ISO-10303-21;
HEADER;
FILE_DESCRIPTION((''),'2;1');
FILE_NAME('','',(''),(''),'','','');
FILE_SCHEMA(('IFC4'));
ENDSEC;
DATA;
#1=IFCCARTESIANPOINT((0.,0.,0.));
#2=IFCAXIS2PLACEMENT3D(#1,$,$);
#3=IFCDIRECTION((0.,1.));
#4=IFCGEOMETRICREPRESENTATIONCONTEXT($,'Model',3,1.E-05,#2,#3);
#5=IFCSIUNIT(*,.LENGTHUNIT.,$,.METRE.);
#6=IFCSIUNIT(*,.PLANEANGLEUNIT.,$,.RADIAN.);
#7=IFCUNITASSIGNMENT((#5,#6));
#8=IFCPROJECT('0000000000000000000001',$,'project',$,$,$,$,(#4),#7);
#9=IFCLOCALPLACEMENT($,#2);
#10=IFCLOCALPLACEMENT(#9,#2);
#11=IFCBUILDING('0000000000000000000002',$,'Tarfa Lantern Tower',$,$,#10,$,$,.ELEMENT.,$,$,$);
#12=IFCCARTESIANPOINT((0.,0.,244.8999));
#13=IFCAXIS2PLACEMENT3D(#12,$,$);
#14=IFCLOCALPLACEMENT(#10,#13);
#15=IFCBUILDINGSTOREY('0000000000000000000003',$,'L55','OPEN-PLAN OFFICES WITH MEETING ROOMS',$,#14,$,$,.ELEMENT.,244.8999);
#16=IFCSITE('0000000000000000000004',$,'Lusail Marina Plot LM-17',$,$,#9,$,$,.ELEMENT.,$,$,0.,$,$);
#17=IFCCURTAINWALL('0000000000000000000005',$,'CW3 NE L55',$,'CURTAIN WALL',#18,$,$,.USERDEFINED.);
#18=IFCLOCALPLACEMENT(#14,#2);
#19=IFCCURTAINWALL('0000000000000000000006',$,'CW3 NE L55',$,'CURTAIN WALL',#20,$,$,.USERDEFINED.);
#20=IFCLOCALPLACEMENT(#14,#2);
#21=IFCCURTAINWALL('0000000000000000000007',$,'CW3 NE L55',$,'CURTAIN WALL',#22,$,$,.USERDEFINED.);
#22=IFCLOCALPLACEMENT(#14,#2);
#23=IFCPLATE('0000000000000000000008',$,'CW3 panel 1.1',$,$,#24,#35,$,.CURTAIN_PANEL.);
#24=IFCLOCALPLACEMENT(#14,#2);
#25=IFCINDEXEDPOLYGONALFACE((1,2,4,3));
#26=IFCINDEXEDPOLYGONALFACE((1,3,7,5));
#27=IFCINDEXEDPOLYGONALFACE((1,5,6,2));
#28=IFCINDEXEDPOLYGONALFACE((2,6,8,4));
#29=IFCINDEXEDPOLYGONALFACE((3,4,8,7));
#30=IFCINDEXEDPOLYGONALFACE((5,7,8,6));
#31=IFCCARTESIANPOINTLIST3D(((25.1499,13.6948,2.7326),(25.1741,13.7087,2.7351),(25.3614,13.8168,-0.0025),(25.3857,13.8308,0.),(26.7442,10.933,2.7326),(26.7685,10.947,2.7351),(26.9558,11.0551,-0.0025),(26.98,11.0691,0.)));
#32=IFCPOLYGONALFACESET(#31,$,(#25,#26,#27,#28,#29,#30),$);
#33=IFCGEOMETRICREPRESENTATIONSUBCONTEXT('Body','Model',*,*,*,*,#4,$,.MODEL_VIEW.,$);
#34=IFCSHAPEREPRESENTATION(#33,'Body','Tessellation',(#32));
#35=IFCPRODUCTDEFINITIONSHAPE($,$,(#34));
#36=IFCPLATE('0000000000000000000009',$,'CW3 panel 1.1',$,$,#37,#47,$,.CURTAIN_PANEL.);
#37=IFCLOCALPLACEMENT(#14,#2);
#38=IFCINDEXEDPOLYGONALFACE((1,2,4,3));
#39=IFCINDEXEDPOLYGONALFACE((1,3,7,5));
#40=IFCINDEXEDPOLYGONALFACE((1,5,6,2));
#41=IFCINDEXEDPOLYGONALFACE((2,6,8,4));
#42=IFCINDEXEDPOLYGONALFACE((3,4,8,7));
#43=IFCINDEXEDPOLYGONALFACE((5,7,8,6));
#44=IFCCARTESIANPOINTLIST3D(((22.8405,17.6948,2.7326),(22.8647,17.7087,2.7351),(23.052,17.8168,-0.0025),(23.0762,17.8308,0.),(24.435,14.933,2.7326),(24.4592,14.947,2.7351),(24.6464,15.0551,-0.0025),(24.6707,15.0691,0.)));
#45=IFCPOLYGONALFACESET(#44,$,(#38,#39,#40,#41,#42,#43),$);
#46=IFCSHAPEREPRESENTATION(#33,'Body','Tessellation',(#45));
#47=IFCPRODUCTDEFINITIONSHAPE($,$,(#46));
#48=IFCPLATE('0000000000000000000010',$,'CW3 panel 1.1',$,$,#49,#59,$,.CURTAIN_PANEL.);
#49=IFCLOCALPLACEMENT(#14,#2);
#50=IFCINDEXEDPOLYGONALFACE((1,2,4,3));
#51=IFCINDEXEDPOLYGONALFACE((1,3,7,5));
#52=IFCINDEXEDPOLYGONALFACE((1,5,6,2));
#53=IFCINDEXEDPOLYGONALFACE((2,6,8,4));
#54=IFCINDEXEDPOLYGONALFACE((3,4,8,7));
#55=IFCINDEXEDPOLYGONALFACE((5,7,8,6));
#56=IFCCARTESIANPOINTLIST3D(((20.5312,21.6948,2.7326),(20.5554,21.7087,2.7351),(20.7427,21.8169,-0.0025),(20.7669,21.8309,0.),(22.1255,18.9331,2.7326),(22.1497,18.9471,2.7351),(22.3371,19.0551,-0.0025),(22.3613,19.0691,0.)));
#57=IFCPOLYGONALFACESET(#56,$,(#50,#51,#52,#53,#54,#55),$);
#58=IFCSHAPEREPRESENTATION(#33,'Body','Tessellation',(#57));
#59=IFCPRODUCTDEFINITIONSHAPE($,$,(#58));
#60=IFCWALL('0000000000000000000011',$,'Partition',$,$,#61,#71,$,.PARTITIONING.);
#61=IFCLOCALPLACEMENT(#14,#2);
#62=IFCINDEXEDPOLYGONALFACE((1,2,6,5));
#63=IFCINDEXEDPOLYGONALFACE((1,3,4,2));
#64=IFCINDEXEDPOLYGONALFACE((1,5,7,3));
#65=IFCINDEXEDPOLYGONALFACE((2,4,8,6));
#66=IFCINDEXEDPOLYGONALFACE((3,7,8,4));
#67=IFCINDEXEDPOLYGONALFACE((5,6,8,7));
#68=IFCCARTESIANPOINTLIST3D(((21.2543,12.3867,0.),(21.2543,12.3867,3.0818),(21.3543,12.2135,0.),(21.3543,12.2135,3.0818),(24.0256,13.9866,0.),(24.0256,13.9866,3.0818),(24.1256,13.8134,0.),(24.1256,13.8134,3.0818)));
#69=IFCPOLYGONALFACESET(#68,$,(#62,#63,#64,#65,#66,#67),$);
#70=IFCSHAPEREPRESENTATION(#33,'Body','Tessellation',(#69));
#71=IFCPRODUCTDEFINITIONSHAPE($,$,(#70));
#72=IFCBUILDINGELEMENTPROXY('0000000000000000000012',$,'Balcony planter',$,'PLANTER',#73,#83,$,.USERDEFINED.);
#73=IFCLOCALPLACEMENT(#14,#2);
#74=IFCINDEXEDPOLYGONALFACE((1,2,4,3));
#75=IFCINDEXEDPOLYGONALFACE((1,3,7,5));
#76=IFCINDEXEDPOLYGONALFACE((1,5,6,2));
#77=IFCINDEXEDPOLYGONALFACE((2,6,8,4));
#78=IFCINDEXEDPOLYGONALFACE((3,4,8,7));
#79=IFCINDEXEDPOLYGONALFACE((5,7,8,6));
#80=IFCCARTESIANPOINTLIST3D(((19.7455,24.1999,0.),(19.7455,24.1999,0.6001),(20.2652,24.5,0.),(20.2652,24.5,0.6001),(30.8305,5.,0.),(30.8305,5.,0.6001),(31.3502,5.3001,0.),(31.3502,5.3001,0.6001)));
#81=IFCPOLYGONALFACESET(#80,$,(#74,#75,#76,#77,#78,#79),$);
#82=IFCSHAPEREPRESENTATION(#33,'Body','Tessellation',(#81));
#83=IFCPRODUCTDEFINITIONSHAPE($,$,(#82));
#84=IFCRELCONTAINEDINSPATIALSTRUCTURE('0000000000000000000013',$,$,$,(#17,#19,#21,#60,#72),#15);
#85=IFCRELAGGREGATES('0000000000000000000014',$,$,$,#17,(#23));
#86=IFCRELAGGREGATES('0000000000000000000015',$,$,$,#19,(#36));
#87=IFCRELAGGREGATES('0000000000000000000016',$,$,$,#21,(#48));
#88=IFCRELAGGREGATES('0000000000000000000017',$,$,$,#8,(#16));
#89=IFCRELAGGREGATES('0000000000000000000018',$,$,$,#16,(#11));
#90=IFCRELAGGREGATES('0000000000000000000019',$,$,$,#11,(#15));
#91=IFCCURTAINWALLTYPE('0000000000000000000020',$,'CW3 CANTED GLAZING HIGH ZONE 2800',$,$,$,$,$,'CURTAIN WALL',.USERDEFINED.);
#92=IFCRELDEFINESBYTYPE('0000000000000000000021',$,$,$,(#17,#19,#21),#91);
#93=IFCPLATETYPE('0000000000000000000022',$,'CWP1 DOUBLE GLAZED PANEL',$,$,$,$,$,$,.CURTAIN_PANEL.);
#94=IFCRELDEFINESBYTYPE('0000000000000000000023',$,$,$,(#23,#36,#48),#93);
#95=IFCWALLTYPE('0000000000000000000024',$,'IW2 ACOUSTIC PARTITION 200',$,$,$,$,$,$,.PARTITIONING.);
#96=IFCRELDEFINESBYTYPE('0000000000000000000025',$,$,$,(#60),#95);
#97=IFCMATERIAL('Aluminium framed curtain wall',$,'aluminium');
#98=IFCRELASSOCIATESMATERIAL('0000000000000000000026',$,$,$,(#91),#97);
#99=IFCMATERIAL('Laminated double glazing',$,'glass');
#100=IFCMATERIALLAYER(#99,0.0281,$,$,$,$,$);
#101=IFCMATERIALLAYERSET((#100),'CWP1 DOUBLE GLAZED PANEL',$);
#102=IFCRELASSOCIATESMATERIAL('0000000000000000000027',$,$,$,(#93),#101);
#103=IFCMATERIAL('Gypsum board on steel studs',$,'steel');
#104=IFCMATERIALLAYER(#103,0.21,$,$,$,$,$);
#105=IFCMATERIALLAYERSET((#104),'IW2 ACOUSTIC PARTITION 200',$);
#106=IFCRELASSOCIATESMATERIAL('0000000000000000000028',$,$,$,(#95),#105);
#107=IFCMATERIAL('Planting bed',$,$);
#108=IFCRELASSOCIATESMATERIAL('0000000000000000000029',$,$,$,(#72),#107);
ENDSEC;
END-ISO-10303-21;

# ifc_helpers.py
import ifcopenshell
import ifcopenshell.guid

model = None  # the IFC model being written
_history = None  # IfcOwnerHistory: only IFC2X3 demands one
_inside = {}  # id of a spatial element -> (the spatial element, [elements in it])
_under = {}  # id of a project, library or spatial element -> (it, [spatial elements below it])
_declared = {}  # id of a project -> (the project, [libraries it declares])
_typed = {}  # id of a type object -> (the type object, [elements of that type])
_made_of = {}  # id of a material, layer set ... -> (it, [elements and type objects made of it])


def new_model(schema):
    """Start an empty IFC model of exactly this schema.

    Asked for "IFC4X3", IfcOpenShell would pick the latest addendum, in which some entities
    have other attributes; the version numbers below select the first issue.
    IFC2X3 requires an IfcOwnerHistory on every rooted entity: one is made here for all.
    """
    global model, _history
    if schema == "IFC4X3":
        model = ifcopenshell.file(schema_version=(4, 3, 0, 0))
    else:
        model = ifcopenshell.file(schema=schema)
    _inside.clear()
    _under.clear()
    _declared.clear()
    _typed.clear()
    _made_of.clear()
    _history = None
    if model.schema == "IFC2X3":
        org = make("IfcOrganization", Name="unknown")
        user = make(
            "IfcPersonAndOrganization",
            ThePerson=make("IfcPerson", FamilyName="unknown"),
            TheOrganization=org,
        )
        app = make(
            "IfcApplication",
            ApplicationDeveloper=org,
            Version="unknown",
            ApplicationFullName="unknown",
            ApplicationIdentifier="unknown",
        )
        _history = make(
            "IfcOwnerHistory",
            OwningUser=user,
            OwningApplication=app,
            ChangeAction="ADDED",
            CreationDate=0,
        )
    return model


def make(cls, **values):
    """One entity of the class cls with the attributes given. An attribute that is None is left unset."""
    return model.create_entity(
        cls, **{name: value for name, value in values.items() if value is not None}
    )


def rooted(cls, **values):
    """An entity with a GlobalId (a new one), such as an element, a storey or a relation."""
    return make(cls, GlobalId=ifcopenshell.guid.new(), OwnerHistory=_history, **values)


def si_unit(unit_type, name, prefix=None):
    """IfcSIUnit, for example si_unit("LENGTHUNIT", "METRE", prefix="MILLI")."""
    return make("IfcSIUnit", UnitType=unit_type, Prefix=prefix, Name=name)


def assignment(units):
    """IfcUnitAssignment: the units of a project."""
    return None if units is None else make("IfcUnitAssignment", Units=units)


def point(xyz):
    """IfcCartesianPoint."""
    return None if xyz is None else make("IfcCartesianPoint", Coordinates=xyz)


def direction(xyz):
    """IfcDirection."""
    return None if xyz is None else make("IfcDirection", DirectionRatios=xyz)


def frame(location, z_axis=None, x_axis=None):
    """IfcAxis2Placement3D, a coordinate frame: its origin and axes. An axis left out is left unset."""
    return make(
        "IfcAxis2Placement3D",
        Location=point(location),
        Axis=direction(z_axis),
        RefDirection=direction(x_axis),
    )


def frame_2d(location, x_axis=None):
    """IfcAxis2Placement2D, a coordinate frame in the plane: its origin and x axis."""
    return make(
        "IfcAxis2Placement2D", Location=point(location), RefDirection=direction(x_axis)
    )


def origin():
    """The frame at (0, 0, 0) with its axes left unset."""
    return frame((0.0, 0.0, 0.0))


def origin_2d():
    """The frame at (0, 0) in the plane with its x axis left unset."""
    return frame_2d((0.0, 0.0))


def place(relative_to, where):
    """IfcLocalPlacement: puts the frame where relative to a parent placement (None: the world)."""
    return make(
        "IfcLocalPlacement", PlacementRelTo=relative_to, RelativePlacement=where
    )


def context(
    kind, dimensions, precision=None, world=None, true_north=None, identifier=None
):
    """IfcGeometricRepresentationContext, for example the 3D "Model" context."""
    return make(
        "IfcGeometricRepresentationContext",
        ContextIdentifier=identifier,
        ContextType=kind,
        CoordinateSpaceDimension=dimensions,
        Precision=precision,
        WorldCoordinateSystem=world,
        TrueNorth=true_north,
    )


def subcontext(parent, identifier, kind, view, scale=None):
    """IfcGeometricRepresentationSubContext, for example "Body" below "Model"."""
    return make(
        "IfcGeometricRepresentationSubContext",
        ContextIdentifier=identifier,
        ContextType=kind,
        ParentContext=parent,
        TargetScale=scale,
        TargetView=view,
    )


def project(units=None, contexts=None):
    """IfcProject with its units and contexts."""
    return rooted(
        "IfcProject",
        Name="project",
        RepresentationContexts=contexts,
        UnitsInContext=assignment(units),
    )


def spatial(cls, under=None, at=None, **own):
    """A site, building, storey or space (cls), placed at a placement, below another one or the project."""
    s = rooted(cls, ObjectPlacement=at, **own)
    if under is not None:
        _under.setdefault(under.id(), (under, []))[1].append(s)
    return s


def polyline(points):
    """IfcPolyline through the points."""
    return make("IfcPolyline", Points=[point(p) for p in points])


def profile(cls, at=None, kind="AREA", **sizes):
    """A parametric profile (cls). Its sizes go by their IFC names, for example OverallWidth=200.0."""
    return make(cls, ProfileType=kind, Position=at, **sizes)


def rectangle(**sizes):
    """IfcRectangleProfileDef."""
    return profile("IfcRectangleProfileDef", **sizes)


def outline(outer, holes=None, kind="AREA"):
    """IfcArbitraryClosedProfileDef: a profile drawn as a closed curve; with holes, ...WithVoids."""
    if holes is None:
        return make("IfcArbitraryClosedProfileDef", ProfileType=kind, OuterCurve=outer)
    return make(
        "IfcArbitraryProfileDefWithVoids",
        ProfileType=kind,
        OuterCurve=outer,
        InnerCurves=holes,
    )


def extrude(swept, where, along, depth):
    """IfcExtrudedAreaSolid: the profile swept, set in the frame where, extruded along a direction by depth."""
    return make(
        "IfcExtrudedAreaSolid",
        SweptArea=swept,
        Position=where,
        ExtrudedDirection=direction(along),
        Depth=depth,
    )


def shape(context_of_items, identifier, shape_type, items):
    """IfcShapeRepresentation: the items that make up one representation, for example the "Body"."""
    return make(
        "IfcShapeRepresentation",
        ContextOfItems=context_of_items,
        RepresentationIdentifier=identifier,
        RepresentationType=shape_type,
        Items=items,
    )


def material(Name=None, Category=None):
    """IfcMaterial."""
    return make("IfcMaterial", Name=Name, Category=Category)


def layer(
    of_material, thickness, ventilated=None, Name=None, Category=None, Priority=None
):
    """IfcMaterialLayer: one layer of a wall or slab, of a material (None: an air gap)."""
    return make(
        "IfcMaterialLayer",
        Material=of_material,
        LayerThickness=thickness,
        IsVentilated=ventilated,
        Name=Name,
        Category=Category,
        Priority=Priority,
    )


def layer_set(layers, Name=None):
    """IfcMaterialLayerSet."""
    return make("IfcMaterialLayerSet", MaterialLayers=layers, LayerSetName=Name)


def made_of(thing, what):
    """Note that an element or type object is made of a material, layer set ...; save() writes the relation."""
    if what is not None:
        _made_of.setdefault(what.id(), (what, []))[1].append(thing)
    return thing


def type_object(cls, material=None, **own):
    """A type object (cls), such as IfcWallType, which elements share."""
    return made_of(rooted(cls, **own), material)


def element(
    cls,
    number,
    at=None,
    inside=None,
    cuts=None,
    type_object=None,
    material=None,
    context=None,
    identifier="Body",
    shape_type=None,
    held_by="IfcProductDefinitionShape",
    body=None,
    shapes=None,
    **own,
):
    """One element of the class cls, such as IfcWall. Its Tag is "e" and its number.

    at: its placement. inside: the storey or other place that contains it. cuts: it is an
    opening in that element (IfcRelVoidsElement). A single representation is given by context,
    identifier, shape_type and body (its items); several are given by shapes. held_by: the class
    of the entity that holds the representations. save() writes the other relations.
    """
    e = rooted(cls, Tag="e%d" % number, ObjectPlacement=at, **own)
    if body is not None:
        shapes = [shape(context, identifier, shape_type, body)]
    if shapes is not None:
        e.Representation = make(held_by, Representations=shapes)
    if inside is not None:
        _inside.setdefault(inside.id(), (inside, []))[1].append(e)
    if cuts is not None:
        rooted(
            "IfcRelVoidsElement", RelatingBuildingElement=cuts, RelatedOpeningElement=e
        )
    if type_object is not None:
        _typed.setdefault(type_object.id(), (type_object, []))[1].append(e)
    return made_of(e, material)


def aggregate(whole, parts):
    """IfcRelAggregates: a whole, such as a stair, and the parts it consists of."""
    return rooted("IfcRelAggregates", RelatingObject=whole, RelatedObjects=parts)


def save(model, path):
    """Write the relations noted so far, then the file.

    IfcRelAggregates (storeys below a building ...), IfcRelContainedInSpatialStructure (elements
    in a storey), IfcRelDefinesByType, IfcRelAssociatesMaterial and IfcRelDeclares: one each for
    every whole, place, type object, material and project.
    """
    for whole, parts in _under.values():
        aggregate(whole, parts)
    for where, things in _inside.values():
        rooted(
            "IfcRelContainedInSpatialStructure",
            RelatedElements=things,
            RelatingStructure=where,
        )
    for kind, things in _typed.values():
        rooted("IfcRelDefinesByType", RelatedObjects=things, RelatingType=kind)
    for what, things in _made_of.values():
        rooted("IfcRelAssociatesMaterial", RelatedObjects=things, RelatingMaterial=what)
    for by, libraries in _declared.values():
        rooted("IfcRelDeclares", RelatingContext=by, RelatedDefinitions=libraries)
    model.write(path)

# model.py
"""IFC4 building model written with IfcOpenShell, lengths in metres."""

from ifc_helpers import new_model, si_unit, direction, frame, frame_2d, origin, origin_2d, place, context, subcontext, project, spatial, polyline, rectangle, outline, extrude, material, layer, layer_set, type_object, element, aggregate, save


model = new_model("IFC4")

# Units and contexts
model_context = context("Model", 3, precision=1e-05, world=origin(), true_north=direction((0.0, 1.0)))
body_context = subcontext(model_context, "Body", "Model", "MODEL_VIEW")
ifc_project = project(units=[si_unit("LENGTHUNIT", "METRE"), si_unit("PLANEANGLEUNIT", "RADIAN")], contexts=[model_context])

# Site, building, storey
site_placement = place(None, origin())
site = spatial("IfcSite", under=ifc_project, at=site_placement, Name="Lusail Marina Plot LM-17", CompositionType="ELEMENT", RefElevation=0.0)
building_placement = place(site_placement, origin())
building = spatial("IfcBuilding", under=site, at=building_placement, Name="Tarfa Lantern Tower", CompositionType="ELEMENT")
storey_placement = place(building_placement, frame((0.0, 0.0, 244.8999)))
storey = spatial("IfcBuildingStorey", under=building, at=storey_placement, Name="L55", Description="OPEN-PLAN OFFICES WITH MEETING ROOMS", CompositionType="ELEMENT", Elevation=244.8999)

# Curtain walls
ifc_material_1 = material(Name="Aluminium framed curtain wall", Category="aluminium")
curtain_wall_type = type_object("IfcCurtainWallType", Name="CW3 CANTED GLAZING HIGH ZONE 2800", ElementType="CURTAIN WALL", PredefinedType="USERDEFINED", material=ifc_material_1)
curtain_wall_1_placement = place(storey_placement, origin())
curtain_wall_1 = element("IfcCurtainWall", 1, at=curtain_wall_1_placement, inside=storey, type_object=curtain_wall_type, Name="CW3 NE L55", ObjectType="CURTAIN WALL", PredefinedType="USERDEFINED")
curtain_wall_2_placement = place(storey_placement, origin())
curtain_wall_2 = element("IfcCurtainWall", 2, at=curtain_wall_2_placement, inside=storey, type_object=curtain_wall_type, Name="CW3 NE L55", ObjectType="CURTAIN WALL", PredefinedType="USERDEFINED")

# Curtain wall
curtain_wall_3_placement = place(storey_placement, origin())
curtain_wall_3 = element("IfcCurtainWall", 3, at=curtain_wall_3_placement, inside=storey, type_object=curtain_wall_type, Name="CW3 NE L55", ObjectType="CURTAIN WALL", PredefinedType="USERDEFINED")

# Plates
ifc_material_2 = material(Name="Laminated double glazing", Category="glass")
ifc_layer_1 = layer(ifc_material_2, 0.0281)
ifc_layer_set_1 = layer_set([ifc_layer_1], Name="CWP1 DOUBLE GLAZED PANEL")
plate_type = type_object("IfcPlateType", Name="CWP1 DOUBLE GLAZED PANEL", PredefinedType="CURTAIN_PANEL", material=ifc_layer_set_1)
plate_1_placement = place(storey_placement, frame((26.98, 11.0691, 0.0), z_axis=(0.862609, 0.49799, 0.088945), x_axis=(-0.499972, 0.866042, -0.000003)))
plate_1 = element("IfcPlate", 4, at=plate_1_placement, type_object=plate_type, Name="CW3 panel 1.1", PredefinedType="CURTAIN_PANEL", context=body_context, shape_type="SweptSolid", body=[
    extrude(outline(polyline([(0.0, 0.0), (3.1888, 0.0), (3.1889, 2.746), (0.0, 2.746), (0.0, 0.0)])), origin(), (0.0, 0.0, -1.0), 0.0281),
])
aggregate(curtain_wall_1, [plate_1])
plate_2_placement = place(storey_placement, frame((24.6707, 15.0691, 0.0), z_axis=(0.862595, 0.498021, 0.088906), x_axis=(-0.500001, 0.866025, 0.0)))
plate_2 = element("IfcPlate", 5, at=plate_2_placement, type_object=plate_type, Name="CW3 panel 1.1", PredefinedType="CURTAIN_PANEL", context=body_context, shape_type="SweptSolid", body=[
    extrude(outline(polyline([(0.0, 0.0), (3.189, 0.0), (3.189, 2.746), (0.0, 2.746), (0.0, 0.0)])), origin(), (0.0, 0.0, -1.0), 0.0281),
])
aggregate(curtain_wall_2, [plate_2])
plate_3_placement = place(storey_placement, frame((22.3613, 19.0691, 0.0), z_axis=(0.862609, 0.49799, 0.088945), x_axis=(-0.499972, 0.866041, 0.000003)))
plate_3 = element("IfcPlate", 6, at=plate_3_placement, type_object=plate_type, Name="CW3 panel 1.1", PredefinedType="CURTAIN_PANEL", context=body_context, shape_type="SweptSolid", body=[
    extrude(outline(polyline([(0.0, 0.0), (3.189, 0.0), (3.189, 2.746), (0.0001, 2.746), (0.0, 0.0)])), origin(), (0.0, 0.0, -1.0), 0.0281),
])
aggregate(curtain_wall_3, [plate_3])

# Wall
ifc_material_3 = material(Name="Gypsum board on steel studs", Category="steel")
ifc_layer_2 = layer(ifc_material_3, 0.21)
ifc_layer_set_2 = layer_set([ifc_layer_2], Name="IW2 ACOUSTIC PARTITION 200")
wall_type = type_object("IfcWallType", Name="IW2 ACOUSTIC PARTITION 200", PredefinedType="PARTITIONING", material=ifc_layer_set_2)
wall_placement = place(storey_placement, frame((21.3042, 12.3, 0.0), z_axis=(0.0, 0.0, 1.0), x_axis=(0.866042, 0.499971, 0.0)))
element("IfcWall", 7, at=wall_placement, inside=storey, type_object=wall_type, Name="Partition", PredefinedType="PARTITIONING", context=body_context, shape_type="SweptSolid", body=[
    extrude(rectangle(XDim=3.2, YDim=0.2, at=frame_2d((1.6001, 0.0))), origin(), (0.0, 0.0, 1.0), 3.0818),
])

# Building element proxy
ifc_material_4 = material(Name="Planting bed")
proxy_placement = place(storey_placement, frame((25.5479, 14.75, 0.0), z_axis=(0.0, 0.0, 1.0), x_axis=(-0.5, 0.866025, 0.0)))
element("IfcBuildingElementProxy", 8, at=proxy_placement, inside=storey, material=ifc_material_4, Name="Balcony planter", ObjectType="PLANTER", PredefinedType="USERDEFINED", context=body_context, shape_type="SweptSolid", body=[
    extrude(rectangle(XDim=22.1702, YDim=0.6001, at=origin_2d()), origin(), (0.0, 0.0, 1.0), 0.6001),
])

save(model, "model.ifc")
